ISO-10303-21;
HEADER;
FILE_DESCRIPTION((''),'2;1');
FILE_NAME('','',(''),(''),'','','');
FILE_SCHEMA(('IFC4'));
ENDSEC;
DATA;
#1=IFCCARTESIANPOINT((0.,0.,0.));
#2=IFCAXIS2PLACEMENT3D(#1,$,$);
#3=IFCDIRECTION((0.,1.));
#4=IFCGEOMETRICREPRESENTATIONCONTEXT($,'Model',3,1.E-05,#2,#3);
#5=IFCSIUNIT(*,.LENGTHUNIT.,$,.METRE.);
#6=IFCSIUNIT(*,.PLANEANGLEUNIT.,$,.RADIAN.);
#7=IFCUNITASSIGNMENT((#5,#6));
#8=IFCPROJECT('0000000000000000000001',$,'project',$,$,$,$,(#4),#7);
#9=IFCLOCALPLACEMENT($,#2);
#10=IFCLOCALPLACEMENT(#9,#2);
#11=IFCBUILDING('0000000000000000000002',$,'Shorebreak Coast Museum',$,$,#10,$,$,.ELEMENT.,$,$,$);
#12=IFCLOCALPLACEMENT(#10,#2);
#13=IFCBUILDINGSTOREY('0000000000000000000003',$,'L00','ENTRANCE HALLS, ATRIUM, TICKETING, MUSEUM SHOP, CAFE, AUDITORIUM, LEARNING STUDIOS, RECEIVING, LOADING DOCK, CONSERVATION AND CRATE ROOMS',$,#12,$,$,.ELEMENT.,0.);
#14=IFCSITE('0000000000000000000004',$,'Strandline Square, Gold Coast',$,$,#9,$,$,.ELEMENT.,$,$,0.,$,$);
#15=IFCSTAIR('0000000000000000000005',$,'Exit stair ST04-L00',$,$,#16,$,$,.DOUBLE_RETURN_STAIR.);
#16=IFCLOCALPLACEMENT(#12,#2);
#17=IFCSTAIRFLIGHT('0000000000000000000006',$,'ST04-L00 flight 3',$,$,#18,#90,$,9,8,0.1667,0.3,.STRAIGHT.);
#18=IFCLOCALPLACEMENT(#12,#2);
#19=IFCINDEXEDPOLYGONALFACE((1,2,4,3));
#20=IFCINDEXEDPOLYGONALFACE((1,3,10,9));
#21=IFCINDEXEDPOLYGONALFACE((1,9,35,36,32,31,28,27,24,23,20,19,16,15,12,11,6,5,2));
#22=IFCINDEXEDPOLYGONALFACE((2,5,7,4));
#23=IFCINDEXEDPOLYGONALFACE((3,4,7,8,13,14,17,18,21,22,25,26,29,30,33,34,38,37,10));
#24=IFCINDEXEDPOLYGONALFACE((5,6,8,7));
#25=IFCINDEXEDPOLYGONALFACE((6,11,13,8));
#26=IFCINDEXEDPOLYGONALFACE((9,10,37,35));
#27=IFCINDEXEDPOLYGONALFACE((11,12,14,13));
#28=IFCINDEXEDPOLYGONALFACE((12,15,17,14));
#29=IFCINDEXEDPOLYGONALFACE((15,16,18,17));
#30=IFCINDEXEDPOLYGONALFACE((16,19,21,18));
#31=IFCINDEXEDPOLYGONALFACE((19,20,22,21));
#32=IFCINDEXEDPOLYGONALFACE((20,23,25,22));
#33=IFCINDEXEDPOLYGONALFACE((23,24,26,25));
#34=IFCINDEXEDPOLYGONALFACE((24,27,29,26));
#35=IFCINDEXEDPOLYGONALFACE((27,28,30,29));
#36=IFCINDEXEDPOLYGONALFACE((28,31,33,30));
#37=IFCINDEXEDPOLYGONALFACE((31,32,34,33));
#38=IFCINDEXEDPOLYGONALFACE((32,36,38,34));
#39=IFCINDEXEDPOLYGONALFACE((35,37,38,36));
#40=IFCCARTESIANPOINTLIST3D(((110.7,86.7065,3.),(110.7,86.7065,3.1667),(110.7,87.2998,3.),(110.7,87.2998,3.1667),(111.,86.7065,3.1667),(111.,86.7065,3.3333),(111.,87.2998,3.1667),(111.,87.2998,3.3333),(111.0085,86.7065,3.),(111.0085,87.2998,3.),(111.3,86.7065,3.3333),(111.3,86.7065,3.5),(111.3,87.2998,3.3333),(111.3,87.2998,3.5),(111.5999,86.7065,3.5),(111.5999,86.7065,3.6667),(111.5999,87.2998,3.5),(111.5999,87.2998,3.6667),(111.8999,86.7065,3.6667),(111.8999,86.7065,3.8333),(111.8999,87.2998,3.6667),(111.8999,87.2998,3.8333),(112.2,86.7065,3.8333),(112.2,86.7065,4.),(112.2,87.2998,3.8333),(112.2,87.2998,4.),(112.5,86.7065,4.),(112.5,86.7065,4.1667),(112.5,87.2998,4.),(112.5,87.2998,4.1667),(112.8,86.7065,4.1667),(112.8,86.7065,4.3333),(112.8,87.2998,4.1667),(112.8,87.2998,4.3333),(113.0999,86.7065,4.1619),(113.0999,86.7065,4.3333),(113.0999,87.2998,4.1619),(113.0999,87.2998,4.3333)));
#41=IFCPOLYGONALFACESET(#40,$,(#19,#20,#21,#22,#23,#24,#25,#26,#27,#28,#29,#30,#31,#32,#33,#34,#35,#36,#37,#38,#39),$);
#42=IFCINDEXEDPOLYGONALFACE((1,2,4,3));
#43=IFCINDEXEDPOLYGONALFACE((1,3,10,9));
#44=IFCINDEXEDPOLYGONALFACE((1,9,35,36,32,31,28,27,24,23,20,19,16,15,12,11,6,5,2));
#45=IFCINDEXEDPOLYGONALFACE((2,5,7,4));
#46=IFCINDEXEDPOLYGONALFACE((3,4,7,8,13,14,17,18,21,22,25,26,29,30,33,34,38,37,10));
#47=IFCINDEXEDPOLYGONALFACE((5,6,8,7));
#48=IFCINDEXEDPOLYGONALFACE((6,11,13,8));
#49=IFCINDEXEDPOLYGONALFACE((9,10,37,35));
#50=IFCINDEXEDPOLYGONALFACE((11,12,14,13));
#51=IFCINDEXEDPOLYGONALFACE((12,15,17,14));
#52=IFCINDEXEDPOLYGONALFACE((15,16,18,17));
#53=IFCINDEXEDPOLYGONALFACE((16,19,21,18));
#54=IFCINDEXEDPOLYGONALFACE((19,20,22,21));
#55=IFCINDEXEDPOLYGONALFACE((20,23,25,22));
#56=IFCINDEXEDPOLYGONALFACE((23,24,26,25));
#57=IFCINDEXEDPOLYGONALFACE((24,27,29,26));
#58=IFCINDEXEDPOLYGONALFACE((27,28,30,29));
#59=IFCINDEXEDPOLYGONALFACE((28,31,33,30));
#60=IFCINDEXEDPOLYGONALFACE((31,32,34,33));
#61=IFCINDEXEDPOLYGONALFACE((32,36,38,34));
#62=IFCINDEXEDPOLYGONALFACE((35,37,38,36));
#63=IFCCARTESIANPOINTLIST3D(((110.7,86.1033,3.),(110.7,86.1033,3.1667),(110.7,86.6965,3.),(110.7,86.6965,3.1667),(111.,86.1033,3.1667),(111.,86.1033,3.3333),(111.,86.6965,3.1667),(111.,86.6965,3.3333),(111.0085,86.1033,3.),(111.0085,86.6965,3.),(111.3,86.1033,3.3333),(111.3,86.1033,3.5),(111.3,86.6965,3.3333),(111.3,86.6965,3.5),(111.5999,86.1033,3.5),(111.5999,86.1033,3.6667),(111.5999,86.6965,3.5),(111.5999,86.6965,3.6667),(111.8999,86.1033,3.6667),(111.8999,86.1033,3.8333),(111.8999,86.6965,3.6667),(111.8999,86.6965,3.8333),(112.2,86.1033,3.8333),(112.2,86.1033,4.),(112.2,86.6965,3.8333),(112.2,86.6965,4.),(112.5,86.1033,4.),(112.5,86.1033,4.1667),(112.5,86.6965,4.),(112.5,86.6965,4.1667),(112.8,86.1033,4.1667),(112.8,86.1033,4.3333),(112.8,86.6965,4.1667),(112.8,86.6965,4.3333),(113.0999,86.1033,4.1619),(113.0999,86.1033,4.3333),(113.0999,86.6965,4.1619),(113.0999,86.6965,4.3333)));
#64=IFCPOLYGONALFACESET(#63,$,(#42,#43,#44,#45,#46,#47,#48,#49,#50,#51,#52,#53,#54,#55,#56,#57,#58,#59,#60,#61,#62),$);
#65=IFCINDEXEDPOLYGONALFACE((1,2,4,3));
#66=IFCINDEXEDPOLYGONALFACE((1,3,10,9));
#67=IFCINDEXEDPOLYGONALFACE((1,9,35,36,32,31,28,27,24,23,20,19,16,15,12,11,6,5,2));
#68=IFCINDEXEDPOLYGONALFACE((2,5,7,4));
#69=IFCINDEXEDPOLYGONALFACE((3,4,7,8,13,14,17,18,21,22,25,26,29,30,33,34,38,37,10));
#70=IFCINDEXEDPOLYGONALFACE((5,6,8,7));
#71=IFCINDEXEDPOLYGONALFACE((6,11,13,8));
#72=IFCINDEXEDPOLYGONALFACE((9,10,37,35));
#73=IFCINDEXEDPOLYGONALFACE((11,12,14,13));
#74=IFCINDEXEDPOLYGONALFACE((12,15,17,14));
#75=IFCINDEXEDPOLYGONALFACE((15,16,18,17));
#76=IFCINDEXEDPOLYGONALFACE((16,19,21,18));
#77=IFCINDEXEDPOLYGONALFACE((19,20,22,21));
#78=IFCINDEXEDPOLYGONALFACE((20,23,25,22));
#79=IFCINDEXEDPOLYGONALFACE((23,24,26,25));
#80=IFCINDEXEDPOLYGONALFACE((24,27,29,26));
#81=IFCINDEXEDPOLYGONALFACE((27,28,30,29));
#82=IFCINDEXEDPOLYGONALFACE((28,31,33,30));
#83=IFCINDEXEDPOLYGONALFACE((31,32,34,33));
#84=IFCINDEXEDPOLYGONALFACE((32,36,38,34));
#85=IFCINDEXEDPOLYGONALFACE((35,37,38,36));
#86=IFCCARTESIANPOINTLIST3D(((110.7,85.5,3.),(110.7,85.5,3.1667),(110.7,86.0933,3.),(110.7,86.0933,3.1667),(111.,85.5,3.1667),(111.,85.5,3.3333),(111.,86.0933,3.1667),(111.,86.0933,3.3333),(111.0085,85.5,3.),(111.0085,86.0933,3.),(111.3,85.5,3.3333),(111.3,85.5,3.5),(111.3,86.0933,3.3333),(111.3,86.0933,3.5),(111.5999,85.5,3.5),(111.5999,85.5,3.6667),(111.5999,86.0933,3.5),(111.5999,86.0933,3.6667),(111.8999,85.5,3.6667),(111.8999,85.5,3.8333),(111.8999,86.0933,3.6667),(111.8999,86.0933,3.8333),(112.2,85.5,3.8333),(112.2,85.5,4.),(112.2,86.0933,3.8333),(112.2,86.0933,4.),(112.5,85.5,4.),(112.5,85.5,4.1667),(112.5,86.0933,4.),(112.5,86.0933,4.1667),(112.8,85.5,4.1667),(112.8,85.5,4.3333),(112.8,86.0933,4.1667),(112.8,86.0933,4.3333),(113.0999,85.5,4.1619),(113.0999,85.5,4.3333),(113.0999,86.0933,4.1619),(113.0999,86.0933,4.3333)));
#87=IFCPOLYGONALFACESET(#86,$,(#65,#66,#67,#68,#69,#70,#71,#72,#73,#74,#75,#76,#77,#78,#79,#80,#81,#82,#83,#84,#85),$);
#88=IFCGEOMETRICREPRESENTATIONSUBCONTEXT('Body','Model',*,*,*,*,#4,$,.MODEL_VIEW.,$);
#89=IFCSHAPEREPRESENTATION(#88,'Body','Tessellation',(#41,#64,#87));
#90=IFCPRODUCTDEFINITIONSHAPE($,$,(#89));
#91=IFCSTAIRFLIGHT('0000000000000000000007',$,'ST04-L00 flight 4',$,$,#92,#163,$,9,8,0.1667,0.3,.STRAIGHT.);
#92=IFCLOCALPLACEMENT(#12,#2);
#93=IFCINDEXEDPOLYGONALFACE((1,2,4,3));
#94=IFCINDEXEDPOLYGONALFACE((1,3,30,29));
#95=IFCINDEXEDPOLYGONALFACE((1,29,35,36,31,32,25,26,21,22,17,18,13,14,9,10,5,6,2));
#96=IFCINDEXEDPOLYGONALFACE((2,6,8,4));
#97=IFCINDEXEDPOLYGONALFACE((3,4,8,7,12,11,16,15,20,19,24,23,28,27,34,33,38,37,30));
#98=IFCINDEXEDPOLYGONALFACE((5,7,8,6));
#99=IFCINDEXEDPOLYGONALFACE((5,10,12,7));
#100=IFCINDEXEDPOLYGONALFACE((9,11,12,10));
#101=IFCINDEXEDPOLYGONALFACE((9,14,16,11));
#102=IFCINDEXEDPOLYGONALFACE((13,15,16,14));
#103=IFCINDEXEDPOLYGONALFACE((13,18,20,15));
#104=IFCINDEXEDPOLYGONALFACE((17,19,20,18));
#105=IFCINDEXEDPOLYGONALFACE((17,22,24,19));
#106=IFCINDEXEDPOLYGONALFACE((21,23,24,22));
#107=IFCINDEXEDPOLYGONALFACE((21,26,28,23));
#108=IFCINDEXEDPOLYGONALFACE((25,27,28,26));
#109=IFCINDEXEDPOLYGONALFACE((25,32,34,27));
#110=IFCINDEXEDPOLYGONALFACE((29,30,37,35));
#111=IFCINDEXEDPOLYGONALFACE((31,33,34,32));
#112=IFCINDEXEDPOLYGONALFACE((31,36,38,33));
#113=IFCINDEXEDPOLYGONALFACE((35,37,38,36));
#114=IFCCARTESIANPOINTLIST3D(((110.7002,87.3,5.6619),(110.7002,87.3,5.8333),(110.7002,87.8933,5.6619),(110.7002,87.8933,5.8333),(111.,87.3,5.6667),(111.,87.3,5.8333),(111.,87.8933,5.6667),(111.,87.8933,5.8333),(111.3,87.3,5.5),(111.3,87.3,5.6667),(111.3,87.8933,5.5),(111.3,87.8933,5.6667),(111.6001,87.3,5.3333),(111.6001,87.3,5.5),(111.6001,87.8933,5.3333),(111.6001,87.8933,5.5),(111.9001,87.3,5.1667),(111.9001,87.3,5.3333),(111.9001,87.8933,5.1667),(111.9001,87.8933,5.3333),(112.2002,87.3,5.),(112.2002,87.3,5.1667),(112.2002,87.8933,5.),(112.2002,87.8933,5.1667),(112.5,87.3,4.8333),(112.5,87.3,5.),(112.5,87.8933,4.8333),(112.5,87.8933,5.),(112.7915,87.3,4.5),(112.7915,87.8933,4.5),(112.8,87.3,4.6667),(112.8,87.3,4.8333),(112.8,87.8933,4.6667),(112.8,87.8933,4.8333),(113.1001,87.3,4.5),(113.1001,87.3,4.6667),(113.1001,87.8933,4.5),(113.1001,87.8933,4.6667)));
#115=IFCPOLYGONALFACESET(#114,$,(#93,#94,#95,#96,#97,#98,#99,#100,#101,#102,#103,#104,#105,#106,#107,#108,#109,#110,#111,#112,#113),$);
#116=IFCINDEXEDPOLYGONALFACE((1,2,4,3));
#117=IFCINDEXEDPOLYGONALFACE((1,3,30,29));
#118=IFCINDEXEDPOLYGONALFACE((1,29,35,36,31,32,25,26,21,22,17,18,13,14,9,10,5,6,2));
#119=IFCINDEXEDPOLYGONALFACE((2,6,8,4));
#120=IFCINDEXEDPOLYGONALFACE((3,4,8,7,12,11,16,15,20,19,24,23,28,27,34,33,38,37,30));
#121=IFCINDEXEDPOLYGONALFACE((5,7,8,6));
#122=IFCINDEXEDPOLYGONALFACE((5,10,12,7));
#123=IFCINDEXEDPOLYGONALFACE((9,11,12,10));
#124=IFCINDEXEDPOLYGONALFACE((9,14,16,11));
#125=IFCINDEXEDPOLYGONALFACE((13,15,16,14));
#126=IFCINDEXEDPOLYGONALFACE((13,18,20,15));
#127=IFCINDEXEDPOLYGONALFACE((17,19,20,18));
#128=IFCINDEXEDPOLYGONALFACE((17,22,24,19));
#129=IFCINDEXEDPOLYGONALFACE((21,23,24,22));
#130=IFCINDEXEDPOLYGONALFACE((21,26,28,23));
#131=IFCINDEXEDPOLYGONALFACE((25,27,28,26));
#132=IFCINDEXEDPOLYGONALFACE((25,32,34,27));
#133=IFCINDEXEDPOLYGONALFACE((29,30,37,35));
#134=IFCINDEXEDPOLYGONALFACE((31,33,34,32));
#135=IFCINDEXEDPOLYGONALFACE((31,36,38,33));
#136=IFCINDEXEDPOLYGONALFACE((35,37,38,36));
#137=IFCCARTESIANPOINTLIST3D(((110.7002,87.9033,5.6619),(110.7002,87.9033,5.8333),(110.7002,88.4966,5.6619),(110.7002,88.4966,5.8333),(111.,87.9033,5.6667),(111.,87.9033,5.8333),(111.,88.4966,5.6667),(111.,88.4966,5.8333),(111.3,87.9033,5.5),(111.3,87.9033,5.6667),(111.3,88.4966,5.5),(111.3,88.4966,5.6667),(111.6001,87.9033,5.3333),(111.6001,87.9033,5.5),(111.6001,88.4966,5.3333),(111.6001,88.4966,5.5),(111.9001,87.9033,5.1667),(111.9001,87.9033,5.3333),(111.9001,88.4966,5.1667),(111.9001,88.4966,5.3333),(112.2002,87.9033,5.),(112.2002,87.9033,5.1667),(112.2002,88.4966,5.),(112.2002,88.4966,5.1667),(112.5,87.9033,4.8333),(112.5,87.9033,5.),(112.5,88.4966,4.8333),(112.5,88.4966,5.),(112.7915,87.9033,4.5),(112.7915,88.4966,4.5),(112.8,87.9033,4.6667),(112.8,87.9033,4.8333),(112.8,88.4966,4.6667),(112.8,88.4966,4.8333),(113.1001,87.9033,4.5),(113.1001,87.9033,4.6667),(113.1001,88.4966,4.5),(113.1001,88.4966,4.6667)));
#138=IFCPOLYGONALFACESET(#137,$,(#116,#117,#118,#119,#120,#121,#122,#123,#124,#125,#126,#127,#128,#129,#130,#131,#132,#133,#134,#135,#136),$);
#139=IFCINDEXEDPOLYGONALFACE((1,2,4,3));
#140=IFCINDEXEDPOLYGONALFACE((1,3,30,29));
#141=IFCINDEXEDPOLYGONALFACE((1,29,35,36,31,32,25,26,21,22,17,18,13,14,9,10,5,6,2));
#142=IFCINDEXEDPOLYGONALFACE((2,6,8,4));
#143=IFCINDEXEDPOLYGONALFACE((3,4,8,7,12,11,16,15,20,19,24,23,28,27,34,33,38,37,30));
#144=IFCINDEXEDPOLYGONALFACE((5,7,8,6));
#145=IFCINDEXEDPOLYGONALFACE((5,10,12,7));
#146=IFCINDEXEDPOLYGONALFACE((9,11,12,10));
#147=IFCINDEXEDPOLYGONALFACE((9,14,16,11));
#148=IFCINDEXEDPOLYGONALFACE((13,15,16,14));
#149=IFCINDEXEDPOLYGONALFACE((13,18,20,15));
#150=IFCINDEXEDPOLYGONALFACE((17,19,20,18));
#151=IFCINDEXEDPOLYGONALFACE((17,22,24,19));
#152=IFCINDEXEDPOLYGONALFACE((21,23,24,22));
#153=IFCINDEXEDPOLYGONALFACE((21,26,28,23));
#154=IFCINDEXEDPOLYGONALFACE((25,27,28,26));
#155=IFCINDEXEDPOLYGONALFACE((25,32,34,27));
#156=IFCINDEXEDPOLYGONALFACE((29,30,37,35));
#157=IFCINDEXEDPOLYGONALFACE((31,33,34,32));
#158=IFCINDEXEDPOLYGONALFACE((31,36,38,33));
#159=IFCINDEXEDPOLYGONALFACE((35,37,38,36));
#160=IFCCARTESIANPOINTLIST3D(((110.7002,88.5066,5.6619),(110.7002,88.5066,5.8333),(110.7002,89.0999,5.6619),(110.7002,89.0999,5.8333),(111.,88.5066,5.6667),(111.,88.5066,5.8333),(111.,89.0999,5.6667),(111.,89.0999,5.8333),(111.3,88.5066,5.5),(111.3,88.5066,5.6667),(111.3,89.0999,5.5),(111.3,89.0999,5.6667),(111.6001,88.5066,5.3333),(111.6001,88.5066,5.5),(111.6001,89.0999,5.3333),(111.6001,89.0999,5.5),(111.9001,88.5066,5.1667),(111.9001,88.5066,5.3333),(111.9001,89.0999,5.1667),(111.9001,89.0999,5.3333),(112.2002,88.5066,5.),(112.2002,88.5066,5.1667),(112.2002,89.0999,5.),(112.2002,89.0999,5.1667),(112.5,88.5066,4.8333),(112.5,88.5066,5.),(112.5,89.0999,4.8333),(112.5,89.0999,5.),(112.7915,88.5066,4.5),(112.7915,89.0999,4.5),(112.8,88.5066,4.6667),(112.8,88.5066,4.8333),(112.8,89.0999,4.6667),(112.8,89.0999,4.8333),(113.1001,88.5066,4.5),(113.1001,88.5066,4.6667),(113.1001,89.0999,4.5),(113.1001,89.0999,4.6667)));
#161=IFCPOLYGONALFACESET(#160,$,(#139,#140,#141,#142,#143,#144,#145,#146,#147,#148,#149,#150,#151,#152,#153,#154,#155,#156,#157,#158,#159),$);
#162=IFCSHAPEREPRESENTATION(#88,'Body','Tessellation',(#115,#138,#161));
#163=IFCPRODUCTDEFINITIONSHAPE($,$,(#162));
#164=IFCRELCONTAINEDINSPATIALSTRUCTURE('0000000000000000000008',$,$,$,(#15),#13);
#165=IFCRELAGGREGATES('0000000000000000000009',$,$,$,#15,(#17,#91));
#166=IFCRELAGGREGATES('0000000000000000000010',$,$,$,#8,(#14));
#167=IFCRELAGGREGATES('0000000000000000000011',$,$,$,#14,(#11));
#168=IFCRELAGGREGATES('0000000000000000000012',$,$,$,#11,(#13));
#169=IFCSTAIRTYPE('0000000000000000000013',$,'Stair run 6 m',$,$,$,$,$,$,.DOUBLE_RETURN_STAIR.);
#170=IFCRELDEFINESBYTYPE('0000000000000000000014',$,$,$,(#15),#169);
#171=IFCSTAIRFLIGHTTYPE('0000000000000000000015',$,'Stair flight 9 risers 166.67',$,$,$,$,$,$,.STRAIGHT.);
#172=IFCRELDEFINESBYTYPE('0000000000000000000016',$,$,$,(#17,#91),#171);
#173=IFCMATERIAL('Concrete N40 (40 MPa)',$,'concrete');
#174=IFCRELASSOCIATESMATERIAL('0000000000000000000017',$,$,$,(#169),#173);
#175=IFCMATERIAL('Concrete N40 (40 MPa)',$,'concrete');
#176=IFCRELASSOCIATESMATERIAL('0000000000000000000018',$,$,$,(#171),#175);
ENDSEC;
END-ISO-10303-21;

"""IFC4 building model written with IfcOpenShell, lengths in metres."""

from ifc_helpers import new_model, si_unit, direction, frame, origin, place, context, subcontext, project, spatial, polyline, outline, extrude, material, type_object, element, aggregate, save


model = new_model("IFC4")

# Units and contexts
model_context = context("Model", 3, precision=1e-05, world=origin(), true_north=direction((0.0, 1.0)))
body_context = subcontext(model_context, "Body", "Model", "MODEL_VIEW")
ifc_project = project(units=[si_unit("LENGTHUNIT", "METRE"), si_unit("PLANEANGLEUNIT", "RADIAN")], contexts=[model_context])

# Site, building, storey
site_placement = place(None, origin())
site = spatial("IfcSite", under=ifc_project, at=site_placement, Name="Strandline Square, Gold Coast", CompositionType="ELEMENT", RefElevation=0.0)
building_placement = place(site_placement, origin())
building = spatial("IfcBuilding", under=site, at=building_placement, Name="Shorebreak Coast Museum", CompositionType="ELEMENT")
storey_placement = place(building_placement, origin())
storey = spatial("IfcBuildingStorey", under=building, at=storey_placement, Name="L00", Description="ENTRANCE HALLS, ATRIUM, TICKETING, MUSEUM SHOP, CAFE, AUDITORIUM, LEARNING STUDIOS, RECEIVING, LOADING DOCK, CONSERVATION AND CRATE ROOMS", CompositionType="ELEMENT", Elevation=0.0)

# Stair, stair flights
ifc_material_1 = material(Name="Concrete N40 (40 MPa)", Category="concrete")
stair_type = type_object("IfcStairType", Name="Stair run 6 m", PredefinedType="DOUBLE_RETURN_STAIR", material=ifc_material_1)
stair_placement = place(storey_placement, origin())
stair = element("IfcStair", 1, at=stair_placement, inside=storey, type_object=stair_type, Name="Exit stair ST04-L00", PredefinedType="DOUBLE_RETURN_STAIR")
ifc_material_2 = material(Name="Concrete N40 (40 MPa)", Category="concrete")
stair_flight_type = type_object("IfcStairFlightType", Name="Stair flight 9 risers 166.67", PredefinedType="STRAIGHT", material=ifc_material_2)
stair_flight_1_placement = place(storey_placement, frame((110.7, 86.3999, 3.0), z_axis=(0.0, 0.0, 1.0), x_axis=(1.0, 0.0, 0.0)))
stair_flight_1 = element("IfcStairFlight", 2, at=stair_flight_1_placement, type_object=stair_flight_type, Name="ST04-L00 flight 3", NumberOfRisers=9, NumberOfTreads=8, PredefinedType="STRAIGHT", RiserHeight=0.1667, TreadLength=0.3, context=body_context, shape_type="SweptSolid", body=[
    extrude(outline(polyline([(0.0, 0.0), (0.0, 0.1667), (0.3, 0.1667), (0.3, 0.3333), (0.6001, 0.3333), (0.6001, 0.5), (0.8999, 0.5), (0.8999, 0.6667), (1.2, 0.6667), (1.2, 0.8333), (1.5, 0.8333), (1.5, 1.0), (1.8, 1.0), (1.8, 1.1667), (2.1001, 1.1667), (2.1001, 1.3333), (2.3999, 1.3333), (2.3999, 1.5), (2.3999, 1.1619), (0.3086, 0.0), (0.0, 0.0)])), frame((0.0, 0.8999, 0.0), z_axis=(0.0, -1.0, 0.0), x_axis=(1.0, 0.0, 0.0)), (0.0, 0.0, 1.0), 0.5933),
    extrude(outline(polyline([(0.0, 0.0), (0.0, 0.1667), (0.3, 0.1667), (0.3, 0.3333), (0.6001, 0.3333), (0.6001, 0.5), (0.8999, 0.5), (0.8999, 0.6667), (1.2, 0.6667), (1.2, 0.8333), (1.5, 0.8333), (1.5, 1.0), (1.8, 1.0), (1.8, 1.1667), (2.1001, 1.1667), (2.1001, 1.3333), (2.3999, 1.3333), (2.3999, 1.5), (2.3999, 1.1619), (0.3086, 0.0), (0.0, 0.0)])), frame((0.0, 0.2966, 0.0), z_axis=(0.0, -1.0, 0.0), x_axis=(1.0, 0.0, 0.0)), (0.0, 0.0, 1.0), 0.5933),
    extrude(outline(polyline([(0.0, 0.0), (0.0, 0.1667), (0.3, 0.1667), (0.3, 0.3333), (0.6001, 0.3333), (0.6001, 0.5), (0.8999, 0.5), (0.8999, 0.6667), (1.2, 0.6667), (1.2, 0.8333), (1.5, 0.8333), (1.5, 1.0), (1.8, 1.0), (1.8, 1.1667), (2.1001, 1.1667), (2.1001, 1.3333), (2.3999, 1.3333), (2.3999, 1.5), (2.3999, 1.1619), (0.3086, 0.0), (0.0, 0.0)])), frame((0.0, -0.3066, 0.0), z_axis=(0.0, -1.0, 0.0), x_axis=(1.0, 0.0, 0.0)), (0.0, 0.0, 1.0), 0.5933),
])
stair_flight_2_placement = place(storey_placement, frame((113.1001, 88.2, 4.5), z_axis=(0.0, 0.0, 1.0), x_axis=(-1.0, 0.0, 0.0)))
stair_flight_2 = element("IfcStairFlight", 3, at=stair_flight_2_placement, type_object=stair_flight_type, Name="ST04-L00 flight 4", NumberOfRisers=9, NumberOfTreads=8, PredefinedType="STRAIGHT", RiserHeight=0.1667, TreadLength=0.3, context=body_context, shape_type="SweptSolid", body=[
    extrude(outline(polyline([(0.0, 0.0), (0.0, 0.1667), (0.3, 0.1667), (0.3, 0.3333), (0.6001, 0.3333), (0.6001, 0.5), (0.8999, 0.5), (0.8999, 0.6667), (1.2, 0.6667), (1.2, 0.8333), (1.5, 0.8333), (1.5, 1.0), (1.8, 1.0), (1.8, 1.1667), (2.1001, 1.1667), (2.1001, 1.3333), (2.3999, 1.3333), (2.3999, 1.5), (2.3999, 1.1619), (0.3086, 0.0), (0.0, 0.0)])), frame((0.0, 0.8999, 0.0), z_axis=(0.0, -1.0, 0.0), x_axis=(1.0, 0.0, 0.0)), (0.0, 0.0, 1.0), 0.5933),
    extrude(outline(polyline([(0.0, 0.0), (0.0, 0.1667), (0.3, 0.1667), (0.3, 0.3333), (0.6001, 0.3333), (0.6001, 0.5), (0.8999, 0.5), (0.8999, 0.6667), (1.2, 0.6667), (1.2, 0.8333), (1.5, 0.8333), (1.5, 1.0), (1.8, 1.0), (1.8, 1.1667), (2.1001, 1.1667), (2.1001, 1.3333), (2.3999, 1.3333), (2.3999, 1.5), (2.3999, 1.1619), (0.3086, 0.0), (0.0, 0.0)])), frame((0.0, 0.2966, 0.0), z_axis=(0.0, -1.0, 0.0), x_axis=(1.0, 0.0, 0.0)), (0.0, 0.0, 1.0), 0.5933),
    extrude(outline(polyline([(0.0, 0.0), (0.0, 0.1667), (0.3, 0.1667), (0.3, 0.3333), (0.6001, 0.3333), (0.6001, 0.5), (0.8999, 0.5), (0.8999, 0.6667), (1.2, 0.6667), (1.2, 0.8333), (1.5, 0.8333), (1.5, 1.0), (1.8, 1.0), (1.8, 1.1667), (2.1001, 1.1667), (2.1001, 1.3333), (2.3999, 1.3333), (2.3999, 1.5), (2.3999, 1.1619), (0.3086, 0.0), (0.0, 0.0)])), frame((0.0, -0.3066, 0.0), z_axis=(0.0, -1.0, 0.0), x_axis=(1.0, 0.0, 0.0)), (0.0, 0.0, 1.0), 0.5933),
])
aggregate(stair, [stair_flight_1, stair_flight_2])

save(model, "model.ifc")
